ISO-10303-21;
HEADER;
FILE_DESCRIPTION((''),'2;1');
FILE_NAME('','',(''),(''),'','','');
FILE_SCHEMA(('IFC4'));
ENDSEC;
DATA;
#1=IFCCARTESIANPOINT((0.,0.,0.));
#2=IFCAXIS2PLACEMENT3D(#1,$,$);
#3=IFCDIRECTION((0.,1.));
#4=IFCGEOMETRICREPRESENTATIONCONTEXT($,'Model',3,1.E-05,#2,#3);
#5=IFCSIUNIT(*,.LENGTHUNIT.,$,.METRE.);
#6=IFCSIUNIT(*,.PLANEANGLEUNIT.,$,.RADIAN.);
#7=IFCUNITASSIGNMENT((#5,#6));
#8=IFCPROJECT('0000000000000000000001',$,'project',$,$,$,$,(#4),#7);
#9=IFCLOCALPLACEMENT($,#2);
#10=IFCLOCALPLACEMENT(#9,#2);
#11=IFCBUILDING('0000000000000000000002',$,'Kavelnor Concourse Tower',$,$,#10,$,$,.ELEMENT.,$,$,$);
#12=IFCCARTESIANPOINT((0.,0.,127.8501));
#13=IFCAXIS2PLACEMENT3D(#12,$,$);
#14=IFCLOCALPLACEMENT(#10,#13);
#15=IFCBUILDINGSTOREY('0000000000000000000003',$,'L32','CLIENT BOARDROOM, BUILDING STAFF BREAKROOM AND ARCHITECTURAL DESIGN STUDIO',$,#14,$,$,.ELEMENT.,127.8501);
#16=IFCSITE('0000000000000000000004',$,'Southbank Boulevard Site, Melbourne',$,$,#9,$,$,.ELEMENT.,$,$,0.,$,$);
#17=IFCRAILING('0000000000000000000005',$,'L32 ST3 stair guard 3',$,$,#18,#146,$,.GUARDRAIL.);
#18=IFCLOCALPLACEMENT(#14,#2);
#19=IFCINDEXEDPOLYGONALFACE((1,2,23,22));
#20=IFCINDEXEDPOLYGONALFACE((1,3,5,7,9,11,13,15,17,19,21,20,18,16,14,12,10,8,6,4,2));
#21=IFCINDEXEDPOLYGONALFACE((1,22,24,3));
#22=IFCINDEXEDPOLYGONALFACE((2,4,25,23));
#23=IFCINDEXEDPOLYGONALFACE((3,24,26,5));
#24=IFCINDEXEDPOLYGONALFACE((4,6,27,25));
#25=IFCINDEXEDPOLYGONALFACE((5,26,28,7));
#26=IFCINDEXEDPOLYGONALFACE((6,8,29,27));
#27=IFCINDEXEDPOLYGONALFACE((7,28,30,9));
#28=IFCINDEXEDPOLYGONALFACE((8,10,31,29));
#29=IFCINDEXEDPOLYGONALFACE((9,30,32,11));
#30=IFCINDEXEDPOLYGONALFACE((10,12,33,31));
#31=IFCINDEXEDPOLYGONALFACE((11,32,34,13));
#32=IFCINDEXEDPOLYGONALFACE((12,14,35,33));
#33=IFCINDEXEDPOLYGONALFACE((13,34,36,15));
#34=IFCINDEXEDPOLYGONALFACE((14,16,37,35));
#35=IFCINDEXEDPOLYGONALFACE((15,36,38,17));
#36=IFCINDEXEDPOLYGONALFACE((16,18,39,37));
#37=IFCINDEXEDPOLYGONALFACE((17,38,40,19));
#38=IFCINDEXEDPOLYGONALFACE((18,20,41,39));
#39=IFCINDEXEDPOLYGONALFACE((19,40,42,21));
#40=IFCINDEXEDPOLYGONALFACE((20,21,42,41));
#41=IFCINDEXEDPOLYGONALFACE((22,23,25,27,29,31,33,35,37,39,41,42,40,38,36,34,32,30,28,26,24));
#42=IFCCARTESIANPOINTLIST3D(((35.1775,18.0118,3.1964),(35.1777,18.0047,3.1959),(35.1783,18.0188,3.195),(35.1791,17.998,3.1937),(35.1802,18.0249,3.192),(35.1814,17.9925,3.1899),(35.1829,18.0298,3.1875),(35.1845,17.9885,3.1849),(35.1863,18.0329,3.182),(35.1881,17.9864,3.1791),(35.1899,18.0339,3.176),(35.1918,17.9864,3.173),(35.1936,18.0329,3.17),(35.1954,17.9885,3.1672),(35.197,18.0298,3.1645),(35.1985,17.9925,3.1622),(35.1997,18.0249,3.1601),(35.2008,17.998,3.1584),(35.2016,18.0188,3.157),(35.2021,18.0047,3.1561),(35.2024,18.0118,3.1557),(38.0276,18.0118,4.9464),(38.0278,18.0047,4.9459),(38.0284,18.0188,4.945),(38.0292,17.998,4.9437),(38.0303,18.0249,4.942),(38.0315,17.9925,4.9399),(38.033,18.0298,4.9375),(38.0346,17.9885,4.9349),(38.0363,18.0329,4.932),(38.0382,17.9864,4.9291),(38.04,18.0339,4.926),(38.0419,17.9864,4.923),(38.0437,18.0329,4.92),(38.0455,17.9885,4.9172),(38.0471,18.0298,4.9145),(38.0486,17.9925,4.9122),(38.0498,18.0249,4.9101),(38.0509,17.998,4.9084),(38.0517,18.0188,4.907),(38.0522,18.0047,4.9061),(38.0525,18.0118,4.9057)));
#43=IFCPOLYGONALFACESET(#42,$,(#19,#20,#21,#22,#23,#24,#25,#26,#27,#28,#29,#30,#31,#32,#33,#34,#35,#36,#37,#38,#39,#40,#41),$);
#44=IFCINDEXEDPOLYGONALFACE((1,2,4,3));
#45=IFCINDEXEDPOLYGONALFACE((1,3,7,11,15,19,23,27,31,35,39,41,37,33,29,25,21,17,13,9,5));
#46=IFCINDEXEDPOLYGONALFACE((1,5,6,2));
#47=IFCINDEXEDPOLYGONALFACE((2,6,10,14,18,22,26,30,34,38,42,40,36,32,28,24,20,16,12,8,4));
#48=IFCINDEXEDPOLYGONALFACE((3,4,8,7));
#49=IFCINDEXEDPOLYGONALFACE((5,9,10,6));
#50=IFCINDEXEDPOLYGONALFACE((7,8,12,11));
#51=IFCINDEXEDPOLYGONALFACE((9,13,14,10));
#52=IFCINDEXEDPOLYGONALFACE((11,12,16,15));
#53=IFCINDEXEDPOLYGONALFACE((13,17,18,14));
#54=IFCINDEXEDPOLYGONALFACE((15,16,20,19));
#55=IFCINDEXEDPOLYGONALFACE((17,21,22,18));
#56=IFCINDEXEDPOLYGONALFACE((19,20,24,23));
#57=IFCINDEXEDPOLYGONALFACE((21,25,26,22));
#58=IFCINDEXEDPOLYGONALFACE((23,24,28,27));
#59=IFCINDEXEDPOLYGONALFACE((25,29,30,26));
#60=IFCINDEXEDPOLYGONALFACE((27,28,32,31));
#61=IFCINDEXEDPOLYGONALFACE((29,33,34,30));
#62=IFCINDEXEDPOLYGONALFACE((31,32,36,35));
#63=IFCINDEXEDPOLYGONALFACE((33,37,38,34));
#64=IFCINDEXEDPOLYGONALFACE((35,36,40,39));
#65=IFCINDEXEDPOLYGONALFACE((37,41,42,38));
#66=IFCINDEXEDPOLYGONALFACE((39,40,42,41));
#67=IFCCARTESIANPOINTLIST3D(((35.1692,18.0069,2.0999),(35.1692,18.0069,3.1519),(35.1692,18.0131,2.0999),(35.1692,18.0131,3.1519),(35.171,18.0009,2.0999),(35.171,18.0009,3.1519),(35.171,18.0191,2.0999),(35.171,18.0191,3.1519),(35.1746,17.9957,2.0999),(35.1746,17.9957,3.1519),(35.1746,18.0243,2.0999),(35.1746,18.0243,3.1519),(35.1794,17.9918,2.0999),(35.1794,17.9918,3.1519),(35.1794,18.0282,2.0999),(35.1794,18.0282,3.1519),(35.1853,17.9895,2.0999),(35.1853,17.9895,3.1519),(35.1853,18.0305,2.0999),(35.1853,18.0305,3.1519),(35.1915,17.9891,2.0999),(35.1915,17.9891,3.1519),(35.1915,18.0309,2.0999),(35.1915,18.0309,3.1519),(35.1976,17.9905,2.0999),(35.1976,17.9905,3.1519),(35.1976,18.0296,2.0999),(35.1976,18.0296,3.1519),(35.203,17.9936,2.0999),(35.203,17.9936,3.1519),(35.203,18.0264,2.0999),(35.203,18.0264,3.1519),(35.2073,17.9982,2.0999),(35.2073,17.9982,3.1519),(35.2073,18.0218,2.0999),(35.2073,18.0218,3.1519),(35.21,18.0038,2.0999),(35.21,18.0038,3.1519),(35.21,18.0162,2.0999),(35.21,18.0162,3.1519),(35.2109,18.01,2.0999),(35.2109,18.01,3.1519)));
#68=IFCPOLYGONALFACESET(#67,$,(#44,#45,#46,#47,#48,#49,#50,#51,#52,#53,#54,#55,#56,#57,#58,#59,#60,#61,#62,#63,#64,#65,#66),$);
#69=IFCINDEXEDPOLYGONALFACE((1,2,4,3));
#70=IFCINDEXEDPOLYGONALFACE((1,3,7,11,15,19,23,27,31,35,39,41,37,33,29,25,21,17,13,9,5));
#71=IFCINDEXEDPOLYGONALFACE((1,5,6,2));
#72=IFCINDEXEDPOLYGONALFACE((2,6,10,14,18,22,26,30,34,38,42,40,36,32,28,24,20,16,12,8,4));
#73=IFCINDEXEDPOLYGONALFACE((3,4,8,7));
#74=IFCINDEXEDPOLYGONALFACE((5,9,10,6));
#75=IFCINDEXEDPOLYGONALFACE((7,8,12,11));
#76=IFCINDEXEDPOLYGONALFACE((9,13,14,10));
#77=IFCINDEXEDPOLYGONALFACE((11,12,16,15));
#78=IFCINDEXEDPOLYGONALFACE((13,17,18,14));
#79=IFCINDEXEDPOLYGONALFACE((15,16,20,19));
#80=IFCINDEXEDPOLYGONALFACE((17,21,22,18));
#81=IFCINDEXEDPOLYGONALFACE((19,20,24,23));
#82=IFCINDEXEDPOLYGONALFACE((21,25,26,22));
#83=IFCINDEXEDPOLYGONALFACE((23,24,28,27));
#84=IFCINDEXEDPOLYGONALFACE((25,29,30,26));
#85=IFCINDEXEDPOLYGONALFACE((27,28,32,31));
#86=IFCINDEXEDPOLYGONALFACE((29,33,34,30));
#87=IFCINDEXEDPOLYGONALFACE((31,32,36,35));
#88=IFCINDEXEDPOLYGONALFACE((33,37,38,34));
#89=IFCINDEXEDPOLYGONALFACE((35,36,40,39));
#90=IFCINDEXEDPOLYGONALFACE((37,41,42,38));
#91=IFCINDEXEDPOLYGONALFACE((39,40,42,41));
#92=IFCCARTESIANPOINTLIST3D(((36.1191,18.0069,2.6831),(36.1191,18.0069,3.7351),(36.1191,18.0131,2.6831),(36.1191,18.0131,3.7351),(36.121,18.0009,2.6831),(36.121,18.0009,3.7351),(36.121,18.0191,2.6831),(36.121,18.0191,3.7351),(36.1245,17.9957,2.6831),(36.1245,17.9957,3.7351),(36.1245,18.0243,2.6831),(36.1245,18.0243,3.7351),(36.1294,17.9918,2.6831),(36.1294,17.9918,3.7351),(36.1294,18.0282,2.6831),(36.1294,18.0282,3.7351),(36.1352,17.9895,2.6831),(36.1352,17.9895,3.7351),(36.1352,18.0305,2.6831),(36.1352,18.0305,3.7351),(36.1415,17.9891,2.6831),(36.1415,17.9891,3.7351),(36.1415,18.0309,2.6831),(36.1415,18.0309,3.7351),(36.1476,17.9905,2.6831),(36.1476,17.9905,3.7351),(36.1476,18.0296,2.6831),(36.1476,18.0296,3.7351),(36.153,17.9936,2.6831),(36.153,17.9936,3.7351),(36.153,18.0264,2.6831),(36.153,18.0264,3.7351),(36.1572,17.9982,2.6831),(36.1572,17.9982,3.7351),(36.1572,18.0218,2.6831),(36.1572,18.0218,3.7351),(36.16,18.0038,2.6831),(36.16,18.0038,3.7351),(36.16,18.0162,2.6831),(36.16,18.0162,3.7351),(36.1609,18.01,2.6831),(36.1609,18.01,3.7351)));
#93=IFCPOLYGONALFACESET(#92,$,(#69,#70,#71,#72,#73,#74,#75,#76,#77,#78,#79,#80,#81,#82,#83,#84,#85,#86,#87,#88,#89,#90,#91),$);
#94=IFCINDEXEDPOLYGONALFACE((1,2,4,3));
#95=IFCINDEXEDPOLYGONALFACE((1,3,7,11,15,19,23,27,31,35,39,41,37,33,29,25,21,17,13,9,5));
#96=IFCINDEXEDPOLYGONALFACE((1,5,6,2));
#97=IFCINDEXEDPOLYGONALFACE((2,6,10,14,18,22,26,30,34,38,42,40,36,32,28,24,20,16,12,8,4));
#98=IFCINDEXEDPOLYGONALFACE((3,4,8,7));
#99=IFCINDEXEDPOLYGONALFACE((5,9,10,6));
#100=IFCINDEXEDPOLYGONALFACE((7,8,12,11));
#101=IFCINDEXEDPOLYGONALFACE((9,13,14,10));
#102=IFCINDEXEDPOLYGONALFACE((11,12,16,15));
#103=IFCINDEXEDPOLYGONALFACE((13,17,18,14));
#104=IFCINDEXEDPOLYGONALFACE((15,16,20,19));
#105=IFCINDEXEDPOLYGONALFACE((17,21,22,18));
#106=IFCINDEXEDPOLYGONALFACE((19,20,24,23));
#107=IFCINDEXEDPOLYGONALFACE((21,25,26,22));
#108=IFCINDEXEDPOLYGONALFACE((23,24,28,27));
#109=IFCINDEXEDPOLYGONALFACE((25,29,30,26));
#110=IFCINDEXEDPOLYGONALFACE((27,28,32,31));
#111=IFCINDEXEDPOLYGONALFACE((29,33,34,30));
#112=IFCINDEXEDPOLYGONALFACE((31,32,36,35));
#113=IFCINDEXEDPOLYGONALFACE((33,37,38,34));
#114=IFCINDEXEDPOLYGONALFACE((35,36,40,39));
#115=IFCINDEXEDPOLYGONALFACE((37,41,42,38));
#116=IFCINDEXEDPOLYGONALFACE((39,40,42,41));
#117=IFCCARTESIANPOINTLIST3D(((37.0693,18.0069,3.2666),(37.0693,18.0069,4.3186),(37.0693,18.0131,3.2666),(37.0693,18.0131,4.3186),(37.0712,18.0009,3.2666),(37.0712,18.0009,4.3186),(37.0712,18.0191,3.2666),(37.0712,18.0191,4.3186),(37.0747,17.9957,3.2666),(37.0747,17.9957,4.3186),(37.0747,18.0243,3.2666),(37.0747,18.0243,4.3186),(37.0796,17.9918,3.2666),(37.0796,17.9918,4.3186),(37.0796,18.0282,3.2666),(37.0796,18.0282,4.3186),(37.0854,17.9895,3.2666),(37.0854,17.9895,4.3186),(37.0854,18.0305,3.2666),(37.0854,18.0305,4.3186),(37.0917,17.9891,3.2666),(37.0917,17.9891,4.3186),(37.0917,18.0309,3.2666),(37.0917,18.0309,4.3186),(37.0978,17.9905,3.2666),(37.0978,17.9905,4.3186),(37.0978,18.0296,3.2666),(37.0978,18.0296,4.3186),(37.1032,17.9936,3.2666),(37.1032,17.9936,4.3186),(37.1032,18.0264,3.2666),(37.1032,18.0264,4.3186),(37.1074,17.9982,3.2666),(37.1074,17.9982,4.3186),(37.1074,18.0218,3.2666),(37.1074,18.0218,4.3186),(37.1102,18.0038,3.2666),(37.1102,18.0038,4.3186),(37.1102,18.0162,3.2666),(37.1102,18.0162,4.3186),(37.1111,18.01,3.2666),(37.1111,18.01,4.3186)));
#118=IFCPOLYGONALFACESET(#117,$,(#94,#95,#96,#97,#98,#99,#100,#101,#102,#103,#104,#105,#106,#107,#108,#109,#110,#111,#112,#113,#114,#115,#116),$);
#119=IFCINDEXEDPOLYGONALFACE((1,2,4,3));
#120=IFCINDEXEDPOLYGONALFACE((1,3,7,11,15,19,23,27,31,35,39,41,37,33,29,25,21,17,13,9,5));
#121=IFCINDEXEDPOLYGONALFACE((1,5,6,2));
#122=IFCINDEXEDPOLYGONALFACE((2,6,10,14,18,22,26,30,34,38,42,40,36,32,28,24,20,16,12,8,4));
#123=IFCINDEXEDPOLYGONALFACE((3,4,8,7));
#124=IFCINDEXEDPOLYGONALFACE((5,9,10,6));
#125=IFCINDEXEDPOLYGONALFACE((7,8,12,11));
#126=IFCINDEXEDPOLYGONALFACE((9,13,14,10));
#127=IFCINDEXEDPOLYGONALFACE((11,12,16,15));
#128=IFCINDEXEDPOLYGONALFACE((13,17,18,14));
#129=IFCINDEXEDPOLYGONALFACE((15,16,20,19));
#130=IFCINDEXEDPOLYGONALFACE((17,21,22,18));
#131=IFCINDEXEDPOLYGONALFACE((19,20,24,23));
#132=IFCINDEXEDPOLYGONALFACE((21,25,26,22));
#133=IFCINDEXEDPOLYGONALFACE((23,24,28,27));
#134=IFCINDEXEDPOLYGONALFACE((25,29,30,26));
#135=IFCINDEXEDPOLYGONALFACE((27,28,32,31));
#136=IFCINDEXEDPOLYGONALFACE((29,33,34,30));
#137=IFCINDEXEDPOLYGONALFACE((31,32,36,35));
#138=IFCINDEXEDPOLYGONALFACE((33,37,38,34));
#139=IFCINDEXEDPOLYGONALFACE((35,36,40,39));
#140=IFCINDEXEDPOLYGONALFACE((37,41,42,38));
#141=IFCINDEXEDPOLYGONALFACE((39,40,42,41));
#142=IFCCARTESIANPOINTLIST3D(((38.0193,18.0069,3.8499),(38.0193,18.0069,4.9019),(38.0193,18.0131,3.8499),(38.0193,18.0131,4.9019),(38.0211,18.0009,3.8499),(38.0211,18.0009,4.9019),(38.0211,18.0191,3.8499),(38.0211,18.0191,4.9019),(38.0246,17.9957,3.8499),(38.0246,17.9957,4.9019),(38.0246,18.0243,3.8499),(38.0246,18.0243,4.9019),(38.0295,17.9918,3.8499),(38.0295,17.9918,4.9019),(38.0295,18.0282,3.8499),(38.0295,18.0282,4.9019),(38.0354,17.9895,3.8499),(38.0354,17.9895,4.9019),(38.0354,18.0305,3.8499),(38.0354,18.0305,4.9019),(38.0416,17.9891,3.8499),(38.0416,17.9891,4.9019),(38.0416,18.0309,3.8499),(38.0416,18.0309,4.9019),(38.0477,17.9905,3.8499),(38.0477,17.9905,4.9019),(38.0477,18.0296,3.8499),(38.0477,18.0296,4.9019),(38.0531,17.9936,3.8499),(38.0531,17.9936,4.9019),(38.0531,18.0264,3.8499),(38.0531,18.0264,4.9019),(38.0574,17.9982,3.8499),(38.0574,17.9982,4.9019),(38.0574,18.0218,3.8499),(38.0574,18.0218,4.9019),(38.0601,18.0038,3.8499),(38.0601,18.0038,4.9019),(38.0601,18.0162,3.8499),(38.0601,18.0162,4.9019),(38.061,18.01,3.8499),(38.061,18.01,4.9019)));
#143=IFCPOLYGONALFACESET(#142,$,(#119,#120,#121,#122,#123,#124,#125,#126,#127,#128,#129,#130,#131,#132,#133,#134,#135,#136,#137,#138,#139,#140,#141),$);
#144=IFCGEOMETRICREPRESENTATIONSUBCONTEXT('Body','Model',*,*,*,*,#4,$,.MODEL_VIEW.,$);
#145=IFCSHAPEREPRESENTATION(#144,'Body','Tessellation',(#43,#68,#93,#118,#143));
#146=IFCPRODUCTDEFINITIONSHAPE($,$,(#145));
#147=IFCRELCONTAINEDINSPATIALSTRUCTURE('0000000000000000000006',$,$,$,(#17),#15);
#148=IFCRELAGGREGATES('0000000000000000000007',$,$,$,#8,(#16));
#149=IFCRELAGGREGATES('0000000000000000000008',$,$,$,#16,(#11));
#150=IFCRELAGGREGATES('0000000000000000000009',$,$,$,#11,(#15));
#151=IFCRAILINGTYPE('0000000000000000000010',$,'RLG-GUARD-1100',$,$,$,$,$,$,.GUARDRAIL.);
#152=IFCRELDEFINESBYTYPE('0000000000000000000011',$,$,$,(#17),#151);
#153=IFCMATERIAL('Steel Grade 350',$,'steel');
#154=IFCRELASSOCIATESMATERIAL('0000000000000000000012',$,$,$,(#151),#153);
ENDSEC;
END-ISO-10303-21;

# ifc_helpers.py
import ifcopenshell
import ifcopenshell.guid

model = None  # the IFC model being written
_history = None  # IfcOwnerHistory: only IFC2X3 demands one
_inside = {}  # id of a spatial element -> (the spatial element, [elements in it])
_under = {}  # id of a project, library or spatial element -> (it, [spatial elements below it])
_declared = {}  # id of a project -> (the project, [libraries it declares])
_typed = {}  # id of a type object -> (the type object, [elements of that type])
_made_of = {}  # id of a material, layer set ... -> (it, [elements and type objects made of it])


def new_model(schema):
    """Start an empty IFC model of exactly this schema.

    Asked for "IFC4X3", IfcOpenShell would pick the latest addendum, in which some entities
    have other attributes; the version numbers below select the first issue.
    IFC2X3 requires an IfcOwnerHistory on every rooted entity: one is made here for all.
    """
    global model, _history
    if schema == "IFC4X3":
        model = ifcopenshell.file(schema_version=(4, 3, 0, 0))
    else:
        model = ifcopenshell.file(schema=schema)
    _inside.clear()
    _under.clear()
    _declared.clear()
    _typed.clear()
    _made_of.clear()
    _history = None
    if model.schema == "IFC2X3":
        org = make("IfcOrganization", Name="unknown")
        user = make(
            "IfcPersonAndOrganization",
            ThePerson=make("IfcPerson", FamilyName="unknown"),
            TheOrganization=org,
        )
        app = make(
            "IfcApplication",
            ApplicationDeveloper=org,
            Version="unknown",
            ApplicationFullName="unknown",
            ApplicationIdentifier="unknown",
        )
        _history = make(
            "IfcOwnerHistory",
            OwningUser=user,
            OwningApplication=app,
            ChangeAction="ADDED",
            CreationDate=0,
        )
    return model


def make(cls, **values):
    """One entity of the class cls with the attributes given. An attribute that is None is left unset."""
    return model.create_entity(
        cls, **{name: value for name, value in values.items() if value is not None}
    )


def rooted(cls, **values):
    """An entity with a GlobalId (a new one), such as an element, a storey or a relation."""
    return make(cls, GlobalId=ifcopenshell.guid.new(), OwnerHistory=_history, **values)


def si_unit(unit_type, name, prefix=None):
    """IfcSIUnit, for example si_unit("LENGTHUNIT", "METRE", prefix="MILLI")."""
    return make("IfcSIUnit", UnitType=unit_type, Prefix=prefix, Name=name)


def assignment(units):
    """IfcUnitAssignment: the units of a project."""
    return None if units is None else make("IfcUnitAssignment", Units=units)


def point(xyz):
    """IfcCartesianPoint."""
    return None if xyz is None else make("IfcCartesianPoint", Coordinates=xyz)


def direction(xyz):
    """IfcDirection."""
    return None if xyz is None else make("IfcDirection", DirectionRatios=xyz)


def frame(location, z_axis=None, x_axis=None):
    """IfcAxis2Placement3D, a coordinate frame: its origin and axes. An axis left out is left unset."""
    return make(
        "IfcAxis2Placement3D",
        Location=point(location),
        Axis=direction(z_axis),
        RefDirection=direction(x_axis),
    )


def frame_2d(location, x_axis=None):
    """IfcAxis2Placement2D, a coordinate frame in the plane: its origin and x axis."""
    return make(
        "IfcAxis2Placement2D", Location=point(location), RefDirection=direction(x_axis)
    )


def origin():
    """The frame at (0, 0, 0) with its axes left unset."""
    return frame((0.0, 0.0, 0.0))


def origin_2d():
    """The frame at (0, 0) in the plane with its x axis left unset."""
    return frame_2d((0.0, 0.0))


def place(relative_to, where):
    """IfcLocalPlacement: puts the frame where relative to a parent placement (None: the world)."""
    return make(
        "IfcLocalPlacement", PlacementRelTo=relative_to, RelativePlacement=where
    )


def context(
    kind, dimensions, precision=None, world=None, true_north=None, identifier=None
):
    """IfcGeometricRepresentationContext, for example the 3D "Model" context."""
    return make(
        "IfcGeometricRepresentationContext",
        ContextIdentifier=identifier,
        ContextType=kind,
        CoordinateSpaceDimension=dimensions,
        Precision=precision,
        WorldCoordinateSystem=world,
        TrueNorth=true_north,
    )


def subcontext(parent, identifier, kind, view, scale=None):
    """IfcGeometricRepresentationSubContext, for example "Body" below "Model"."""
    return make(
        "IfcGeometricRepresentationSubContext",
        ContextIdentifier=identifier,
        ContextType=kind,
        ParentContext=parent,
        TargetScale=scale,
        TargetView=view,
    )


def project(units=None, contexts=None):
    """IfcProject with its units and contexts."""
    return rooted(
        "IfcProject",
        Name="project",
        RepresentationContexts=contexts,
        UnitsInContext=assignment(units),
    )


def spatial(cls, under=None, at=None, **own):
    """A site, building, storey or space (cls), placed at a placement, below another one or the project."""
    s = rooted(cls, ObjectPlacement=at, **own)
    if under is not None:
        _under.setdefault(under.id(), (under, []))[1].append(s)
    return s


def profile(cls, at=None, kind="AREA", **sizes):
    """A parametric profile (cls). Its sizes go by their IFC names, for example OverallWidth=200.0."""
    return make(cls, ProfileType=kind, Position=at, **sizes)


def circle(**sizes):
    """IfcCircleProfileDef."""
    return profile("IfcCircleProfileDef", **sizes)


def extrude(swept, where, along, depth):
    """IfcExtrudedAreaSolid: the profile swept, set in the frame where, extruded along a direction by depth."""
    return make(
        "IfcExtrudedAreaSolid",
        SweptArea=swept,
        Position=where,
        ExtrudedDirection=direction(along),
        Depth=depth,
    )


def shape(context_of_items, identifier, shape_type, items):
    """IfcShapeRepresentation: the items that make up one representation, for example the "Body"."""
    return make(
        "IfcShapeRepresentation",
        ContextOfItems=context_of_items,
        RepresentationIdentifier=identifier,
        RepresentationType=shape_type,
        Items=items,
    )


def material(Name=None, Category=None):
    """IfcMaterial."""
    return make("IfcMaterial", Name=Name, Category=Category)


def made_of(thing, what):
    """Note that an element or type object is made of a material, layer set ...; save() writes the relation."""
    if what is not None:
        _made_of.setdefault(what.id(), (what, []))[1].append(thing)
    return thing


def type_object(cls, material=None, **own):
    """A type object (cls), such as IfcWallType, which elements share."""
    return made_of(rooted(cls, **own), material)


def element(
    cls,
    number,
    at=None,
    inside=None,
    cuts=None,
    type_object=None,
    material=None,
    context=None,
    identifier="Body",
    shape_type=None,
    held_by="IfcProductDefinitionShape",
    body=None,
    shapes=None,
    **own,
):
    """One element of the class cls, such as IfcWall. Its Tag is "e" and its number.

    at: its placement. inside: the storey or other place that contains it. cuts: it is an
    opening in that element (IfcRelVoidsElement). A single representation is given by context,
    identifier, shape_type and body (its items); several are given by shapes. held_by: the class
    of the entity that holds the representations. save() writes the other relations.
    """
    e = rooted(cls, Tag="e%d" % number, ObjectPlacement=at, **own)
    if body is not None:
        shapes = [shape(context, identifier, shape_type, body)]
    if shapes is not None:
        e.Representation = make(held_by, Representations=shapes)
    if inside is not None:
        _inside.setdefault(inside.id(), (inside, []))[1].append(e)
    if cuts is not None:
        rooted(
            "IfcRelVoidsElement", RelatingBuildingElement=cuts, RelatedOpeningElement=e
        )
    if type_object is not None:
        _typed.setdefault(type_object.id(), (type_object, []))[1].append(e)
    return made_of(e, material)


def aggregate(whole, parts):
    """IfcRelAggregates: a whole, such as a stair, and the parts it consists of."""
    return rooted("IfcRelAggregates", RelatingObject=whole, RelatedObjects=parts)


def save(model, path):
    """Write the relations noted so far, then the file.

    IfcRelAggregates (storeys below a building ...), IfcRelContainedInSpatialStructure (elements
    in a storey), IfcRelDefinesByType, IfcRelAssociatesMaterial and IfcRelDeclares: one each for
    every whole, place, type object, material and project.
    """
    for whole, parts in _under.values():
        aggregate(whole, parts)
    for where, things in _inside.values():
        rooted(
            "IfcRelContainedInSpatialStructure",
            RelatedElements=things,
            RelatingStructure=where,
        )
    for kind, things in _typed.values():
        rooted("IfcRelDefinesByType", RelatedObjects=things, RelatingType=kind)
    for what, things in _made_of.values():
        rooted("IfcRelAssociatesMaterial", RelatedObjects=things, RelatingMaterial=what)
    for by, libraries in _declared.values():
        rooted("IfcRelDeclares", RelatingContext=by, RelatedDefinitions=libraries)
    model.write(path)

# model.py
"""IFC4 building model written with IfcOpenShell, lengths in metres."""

from ifc_helpers import new_model, si_unit, direction, frame, origin, origin_2d, place, context, subcontext, project, spatial, circle, extrude, material, type_object, element, save


model = new_model("IFC4")

# Units and contexts
model_context = context("Model", 3, precision=1e-05, world=origin(), true_north=direction((0.0, 1.0)))
body_context = subcontext(model_context, "Body", "Model", "MODEL_VIEW")
ifc_project = project(units=[si_unit("LENGTHUNIT", "METRE"), si_unit("PLANEANGLEUNIT", "RADIAN")], contexts=[model_context])

# Site, building, storey
site_placement = place(None, origin())
site = spatial("IfcSite", under=ifc_project, at=site_placement, Name="Southbank Boulevard Site, Melbourne", CompositionType="ELEMENT", RefElevation=0.0)
building_placement = place(site_placement, origin())
building = spatial("IfcBuilding", under=site, at=building_placement, Name="Kavelnor Concourse Tower", CompositionType="ELEMENT")
storey_placement = place(building_placement, frame((0.0, 0.0, 127.8501)))
storey = spatial("IfcBuildingStorey", under=building, at=storey_placement, Name="L32", Description="CLIENT BOARDROOM, BUILDING STAFF BREAKROOM AND ARCHITECTURAL DESIGN STUDIO", CompositionType="ELEMENT", Elevation=127.8501)

# Shared definitions
ifc_material_1 = material(Name="Steel Grade 350", Category="steel")

# Railing
railing_type_1 = type_object("IfcRailingType", Name="RLG-GUARD-1100", PredefinedType="GUARDRAIL", material=ifc_material_1)
railing_1_placement = place(storey_placement, frame((35.1899, 18.01, 2.0999)))
element("IfcRailing", 1, at=railing_1_placement, inside=storey, type_object=railing_type_1, Name="L32 ST3 stair guard 3", PredefinedType="GUARDRAIL", context=body_context, shape_type="SweptSolid", body=[
    extrude(circle(Radius=0.0239, at=origin_2d()), frame((0.0, 0.0, 1.0762), z_axis=(0.852179, 0.0, 0.52325), x_axis=(0.0, 1.0, 0.0)), (0.0, 0.0, 1.0), 3.3445),
    extrude(circle(Radius=0.021, at=origin_2d()), origin(), (0.0, 0.0, 1.0), 1.052),
    extrude(circle(Radius=0.021, at=origin_2d()), frame((0.95, 0.0, 0.5833)), (0.0, 0.0, 1.0), 1.052),
    extrude(circle(Radius=0.021, at=origin_2d()), frame((1.9001, 0.0, 1.1667)), (0.0, 0.0, 1.0), 1.052),
    extrude(circle(Radius=0.021, at=origin_2d()), frame((2.8501, 0.0, 1.75)), (0.0, 0.0, 1.0), 1.052),
])

save(model, "model.ifc")
